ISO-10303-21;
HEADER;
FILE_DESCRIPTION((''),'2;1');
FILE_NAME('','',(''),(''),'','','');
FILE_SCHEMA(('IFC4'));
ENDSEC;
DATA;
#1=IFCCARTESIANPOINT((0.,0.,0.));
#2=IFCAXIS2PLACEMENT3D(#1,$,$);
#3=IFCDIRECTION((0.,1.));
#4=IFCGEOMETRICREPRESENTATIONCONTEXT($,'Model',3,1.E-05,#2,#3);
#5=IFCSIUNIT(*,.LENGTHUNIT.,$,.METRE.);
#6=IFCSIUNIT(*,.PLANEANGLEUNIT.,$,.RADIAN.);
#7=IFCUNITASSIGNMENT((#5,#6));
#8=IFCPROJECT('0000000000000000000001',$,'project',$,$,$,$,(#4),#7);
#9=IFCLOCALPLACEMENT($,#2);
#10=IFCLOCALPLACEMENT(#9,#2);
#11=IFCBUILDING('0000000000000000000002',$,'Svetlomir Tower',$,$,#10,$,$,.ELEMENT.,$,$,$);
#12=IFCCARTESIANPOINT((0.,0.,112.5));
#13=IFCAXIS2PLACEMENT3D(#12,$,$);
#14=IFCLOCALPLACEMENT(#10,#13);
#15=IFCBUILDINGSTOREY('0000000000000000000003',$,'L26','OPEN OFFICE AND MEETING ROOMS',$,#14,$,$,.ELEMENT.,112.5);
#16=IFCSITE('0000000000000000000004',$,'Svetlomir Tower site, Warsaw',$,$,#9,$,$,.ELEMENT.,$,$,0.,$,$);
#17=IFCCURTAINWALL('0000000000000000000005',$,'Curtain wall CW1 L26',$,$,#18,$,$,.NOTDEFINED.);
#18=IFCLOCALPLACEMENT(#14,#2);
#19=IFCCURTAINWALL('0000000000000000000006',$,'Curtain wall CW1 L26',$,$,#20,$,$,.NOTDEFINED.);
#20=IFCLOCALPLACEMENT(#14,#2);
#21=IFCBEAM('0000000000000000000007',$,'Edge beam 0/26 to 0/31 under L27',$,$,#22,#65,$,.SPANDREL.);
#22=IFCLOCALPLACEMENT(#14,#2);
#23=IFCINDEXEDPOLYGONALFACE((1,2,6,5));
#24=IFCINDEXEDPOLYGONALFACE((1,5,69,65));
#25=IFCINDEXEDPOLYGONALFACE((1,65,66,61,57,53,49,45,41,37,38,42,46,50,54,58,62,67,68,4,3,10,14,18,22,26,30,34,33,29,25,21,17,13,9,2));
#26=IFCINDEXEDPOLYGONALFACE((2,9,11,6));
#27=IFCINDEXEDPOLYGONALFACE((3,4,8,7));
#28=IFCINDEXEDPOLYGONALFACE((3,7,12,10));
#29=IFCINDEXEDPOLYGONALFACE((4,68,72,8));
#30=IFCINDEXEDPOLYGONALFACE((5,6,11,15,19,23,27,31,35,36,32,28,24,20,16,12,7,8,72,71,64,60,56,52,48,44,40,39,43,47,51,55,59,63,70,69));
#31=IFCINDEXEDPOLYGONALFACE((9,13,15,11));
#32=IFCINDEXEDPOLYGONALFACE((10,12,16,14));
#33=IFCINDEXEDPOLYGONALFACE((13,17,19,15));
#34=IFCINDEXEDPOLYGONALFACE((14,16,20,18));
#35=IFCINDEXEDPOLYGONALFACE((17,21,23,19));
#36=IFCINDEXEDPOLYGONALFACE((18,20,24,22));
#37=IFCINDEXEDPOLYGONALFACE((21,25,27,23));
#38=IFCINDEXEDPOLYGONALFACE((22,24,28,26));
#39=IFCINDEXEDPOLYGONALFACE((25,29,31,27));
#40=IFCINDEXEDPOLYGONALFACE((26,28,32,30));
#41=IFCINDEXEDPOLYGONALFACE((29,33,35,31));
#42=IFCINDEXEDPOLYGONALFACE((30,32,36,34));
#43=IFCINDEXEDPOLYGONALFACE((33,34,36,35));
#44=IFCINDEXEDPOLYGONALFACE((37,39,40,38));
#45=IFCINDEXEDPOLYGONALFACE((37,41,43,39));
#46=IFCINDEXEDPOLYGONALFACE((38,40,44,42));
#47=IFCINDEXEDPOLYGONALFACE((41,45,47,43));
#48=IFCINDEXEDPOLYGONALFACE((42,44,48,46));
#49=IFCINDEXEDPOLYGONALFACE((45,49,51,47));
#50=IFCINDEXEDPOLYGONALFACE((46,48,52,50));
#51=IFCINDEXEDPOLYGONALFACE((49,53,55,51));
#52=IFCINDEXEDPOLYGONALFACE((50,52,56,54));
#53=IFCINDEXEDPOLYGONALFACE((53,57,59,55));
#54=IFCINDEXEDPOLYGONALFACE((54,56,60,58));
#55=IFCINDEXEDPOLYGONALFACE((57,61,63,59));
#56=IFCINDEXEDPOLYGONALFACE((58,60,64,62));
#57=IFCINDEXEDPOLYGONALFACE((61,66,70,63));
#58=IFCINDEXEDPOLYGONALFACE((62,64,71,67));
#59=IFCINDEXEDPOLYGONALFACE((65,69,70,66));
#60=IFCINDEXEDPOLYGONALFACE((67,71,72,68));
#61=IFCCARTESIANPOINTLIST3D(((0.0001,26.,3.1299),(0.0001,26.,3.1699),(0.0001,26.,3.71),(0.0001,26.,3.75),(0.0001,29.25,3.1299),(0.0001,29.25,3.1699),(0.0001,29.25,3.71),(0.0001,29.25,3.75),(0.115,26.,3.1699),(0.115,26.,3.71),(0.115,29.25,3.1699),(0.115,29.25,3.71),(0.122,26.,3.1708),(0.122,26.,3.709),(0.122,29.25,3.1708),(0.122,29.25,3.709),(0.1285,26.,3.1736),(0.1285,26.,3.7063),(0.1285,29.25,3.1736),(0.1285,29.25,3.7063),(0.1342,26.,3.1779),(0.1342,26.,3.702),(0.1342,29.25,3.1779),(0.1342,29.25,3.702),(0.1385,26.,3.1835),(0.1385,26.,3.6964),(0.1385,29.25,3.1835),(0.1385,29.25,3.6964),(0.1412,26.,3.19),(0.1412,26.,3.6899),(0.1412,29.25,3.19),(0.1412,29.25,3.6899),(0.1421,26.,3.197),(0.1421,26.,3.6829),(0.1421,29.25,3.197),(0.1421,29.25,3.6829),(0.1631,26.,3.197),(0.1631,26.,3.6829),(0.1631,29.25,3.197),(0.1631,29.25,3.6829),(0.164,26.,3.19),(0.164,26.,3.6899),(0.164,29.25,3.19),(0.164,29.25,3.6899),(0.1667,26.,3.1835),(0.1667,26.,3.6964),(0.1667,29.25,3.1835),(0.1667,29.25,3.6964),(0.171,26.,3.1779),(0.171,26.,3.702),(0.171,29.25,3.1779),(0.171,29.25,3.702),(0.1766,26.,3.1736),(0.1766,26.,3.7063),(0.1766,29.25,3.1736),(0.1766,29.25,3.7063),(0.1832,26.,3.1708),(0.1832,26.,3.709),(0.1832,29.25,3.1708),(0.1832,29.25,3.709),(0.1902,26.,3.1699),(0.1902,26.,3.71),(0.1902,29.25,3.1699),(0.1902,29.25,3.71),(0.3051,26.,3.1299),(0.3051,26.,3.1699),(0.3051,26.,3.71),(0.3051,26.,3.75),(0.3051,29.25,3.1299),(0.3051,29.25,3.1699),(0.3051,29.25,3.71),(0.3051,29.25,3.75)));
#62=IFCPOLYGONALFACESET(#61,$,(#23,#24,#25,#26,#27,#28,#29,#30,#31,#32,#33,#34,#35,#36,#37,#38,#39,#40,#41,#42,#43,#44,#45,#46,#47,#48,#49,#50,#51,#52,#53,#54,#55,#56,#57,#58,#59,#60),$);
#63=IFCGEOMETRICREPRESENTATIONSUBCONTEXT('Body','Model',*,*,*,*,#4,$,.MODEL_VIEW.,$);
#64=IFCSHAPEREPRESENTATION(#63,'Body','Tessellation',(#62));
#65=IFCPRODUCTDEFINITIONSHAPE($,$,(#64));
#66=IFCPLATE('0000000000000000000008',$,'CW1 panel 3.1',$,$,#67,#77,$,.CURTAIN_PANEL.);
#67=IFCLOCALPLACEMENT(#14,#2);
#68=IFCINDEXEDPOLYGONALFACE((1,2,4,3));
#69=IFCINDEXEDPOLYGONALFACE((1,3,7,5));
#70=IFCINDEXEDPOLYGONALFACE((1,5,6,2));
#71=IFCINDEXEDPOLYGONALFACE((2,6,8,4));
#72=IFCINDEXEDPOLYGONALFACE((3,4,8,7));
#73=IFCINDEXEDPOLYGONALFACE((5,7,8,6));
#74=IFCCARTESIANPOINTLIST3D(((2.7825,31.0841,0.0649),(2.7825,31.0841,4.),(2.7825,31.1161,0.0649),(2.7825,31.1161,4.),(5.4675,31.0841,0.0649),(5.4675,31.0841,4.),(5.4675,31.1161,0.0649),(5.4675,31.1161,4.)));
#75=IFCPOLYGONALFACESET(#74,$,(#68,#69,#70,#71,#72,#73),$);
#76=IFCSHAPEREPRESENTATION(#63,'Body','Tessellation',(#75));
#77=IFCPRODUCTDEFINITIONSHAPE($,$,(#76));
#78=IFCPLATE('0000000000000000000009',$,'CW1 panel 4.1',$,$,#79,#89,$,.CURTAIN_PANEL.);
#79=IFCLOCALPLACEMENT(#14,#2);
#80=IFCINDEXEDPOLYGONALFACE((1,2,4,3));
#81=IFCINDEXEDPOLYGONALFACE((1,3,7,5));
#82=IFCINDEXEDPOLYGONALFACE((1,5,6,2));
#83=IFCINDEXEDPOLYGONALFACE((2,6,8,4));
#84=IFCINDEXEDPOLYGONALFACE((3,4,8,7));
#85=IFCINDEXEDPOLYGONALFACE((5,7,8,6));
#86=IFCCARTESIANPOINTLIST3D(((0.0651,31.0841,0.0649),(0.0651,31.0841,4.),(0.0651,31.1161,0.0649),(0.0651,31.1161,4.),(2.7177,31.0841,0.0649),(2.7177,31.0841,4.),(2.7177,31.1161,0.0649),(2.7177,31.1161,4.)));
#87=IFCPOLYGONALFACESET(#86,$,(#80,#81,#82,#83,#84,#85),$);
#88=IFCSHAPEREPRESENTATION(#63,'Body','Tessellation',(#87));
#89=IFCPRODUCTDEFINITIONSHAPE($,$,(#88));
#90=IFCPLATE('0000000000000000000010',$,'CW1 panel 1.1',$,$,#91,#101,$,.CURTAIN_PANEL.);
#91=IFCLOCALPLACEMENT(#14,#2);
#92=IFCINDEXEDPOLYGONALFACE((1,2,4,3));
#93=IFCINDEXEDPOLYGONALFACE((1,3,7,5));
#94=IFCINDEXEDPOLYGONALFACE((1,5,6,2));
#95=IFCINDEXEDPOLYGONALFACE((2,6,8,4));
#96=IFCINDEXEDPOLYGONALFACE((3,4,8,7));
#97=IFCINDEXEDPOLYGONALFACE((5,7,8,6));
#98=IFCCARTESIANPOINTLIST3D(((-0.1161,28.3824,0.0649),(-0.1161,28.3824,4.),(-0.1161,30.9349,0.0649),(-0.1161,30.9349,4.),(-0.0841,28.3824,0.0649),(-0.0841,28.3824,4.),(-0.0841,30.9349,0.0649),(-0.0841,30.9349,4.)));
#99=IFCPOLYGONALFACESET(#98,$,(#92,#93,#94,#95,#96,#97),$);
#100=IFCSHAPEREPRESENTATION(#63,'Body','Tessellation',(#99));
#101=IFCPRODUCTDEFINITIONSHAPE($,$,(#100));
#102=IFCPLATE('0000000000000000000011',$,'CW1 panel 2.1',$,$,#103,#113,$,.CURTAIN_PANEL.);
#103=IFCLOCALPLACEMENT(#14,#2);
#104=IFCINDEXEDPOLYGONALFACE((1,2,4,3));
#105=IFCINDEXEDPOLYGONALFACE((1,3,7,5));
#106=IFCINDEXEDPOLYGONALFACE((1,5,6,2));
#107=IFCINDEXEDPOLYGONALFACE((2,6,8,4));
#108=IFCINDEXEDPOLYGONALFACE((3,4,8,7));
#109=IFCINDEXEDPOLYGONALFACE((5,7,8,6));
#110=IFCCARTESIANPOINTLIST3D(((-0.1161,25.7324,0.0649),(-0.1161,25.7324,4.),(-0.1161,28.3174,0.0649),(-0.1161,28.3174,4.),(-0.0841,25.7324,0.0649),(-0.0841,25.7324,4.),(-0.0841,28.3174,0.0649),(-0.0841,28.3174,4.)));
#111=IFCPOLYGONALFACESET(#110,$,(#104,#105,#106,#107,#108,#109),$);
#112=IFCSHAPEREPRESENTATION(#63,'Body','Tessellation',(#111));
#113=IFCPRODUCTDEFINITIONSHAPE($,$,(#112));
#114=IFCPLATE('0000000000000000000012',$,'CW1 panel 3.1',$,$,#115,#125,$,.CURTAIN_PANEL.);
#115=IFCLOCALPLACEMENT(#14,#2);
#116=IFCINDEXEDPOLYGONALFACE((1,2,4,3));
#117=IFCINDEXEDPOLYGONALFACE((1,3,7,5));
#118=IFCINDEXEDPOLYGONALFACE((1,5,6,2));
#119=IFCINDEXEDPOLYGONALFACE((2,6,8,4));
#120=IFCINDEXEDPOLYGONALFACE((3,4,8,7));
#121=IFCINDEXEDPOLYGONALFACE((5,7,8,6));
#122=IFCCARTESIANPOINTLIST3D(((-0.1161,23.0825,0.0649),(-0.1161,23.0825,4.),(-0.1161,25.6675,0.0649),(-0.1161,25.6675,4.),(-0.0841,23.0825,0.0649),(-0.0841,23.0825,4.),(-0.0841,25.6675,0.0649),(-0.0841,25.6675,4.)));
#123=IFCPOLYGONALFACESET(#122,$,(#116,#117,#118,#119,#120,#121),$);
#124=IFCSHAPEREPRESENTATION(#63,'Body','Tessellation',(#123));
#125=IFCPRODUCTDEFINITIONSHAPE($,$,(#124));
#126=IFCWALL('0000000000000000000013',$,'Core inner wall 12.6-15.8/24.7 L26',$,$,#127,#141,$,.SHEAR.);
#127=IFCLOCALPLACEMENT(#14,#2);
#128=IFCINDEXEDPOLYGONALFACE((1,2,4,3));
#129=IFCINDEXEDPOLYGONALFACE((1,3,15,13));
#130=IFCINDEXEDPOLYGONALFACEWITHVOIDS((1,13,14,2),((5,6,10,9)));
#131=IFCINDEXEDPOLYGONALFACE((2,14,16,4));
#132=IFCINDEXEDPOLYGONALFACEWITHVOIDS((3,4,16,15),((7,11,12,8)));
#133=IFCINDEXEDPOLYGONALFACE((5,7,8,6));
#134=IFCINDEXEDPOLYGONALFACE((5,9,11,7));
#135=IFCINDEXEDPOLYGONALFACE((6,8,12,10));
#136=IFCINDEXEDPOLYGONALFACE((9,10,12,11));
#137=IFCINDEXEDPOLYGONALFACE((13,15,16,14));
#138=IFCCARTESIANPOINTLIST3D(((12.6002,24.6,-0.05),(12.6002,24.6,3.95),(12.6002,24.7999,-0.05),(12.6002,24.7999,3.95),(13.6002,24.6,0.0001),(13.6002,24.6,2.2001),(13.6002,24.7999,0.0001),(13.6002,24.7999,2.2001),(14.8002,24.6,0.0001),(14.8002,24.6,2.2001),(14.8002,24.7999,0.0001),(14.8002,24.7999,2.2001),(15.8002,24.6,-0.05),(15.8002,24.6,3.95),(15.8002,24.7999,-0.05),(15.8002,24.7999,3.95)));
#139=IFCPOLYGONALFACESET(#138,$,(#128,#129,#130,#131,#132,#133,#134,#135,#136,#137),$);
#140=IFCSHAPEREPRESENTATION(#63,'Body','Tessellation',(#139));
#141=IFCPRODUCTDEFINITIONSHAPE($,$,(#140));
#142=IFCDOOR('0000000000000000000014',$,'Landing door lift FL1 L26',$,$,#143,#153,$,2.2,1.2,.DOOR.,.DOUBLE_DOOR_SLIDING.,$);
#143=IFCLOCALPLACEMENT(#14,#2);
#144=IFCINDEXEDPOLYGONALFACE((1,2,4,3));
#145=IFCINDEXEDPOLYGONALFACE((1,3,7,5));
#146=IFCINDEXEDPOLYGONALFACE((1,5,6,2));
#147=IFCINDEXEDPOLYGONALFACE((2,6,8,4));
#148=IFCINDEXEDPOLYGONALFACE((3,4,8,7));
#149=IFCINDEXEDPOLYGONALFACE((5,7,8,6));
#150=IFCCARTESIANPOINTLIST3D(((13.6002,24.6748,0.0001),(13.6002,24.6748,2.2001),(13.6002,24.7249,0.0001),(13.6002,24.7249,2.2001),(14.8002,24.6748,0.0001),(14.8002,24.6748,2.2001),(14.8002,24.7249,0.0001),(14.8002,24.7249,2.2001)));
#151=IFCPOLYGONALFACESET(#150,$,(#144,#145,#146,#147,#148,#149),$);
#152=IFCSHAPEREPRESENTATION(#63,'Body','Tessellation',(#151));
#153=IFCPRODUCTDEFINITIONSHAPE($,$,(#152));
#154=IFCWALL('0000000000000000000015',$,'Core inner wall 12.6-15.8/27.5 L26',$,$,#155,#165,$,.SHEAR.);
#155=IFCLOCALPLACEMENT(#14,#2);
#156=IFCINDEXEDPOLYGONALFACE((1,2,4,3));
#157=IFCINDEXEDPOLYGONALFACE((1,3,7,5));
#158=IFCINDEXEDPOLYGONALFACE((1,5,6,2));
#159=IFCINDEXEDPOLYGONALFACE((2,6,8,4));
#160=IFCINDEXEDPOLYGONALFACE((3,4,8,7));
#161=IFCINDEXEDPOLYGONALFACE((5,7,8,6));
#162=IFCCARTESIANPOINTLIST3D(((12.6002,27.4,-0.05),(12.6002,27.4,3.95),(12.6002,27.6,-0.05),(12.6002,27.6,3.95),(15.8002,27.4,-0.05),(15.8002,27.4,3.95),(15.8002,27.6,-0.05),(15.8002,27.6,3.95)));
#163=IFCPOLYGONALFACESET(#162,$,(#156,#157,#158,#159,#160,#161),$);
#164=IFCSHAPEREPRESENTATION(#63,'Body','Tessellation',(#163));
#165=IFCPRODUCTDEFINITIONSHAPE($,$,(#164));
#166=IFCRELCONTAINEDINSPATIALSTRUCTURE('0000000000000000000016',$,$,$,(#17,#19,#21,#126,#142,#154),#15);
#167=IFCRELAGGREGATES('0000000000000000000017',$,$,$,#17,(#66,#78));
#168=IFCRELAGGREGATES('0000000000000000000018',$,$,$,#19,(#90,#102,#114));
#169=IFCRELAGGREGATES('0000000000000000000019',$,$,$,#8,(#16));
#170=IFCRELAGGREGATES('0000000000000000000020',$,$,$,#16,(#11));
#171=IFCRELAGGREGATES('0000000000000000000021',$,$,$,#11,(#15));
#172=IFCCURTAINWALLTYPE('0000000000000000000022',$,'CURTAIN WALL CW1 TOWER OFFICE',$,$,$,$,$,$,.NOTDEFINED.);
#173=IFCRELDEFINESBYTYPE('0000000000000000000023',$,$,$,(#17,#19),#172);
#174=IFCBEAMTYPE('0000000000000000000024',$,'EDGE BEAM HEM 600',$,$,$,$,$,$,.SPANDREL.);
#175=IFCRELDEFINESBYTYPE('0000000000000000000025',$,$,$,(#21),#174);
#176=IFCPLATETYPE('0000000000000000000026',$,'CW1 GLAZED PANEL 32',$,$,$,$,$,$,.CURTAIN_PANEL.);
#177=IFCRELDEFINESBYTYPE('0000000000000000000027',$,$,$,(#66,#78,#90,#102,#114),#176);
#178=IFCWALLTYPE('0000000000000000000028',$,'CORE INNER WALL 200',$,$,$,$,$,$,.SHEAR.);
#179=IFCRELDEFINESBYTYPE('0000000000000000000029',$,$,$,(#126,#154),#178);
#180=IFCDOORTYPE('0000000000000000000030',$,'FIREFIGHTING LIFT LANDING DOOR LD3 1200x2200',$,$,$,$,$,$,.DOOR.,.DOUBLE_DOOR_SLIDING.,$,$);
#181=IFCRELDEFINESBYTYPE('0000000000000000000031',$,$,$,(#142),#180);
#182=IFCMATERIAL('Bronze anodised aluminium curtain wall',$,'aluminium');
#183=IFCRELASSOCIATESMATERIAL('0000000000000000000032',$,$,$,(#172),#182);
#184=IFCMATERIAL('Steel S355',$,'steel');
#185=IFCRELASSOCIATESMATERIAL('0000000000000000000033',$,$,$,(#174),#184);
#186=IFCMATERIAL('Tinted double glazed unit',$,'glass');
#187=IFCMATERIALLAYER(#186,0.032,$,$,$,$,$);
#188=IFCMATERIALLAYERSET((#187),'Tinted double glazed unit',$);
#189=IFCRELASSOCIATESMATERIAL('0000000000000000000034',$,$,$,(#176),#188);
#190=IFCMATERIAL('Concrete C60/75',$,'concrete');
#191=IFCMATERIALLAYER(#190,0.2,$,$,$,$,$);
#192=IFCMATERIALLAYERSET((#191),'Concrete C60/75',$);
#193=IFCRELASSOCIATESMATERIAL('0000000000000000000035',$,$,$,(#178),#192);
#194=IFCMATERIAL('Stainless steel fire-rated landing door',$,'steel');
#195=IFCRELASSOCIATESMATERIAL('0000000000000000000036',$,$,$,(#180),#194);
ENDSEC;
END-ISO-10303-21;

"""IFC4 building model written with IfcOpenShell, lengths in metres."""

from ifc_helpers import new_model, si_unit, direction, frame, frame_2d, origin, origin_2d, place, context, subcontext, project, spatial, rectangle, i_section, extrude, material, layer, layer_set, material_profile, profile_set, type_object, element, fill, aggregate, save


model = new_model("IFC4")

# Units and contexts
model_context = context("Model", 3, precision=1e-05, world=origin(), true_north=direction((0.0, 1.0)))
body_context = subcontext(model_context, "Body", "Model", "MODEL_VIEW")
ifc_project = project(units=[si_unit("LENGTHUNIT", "METRE"), si_unit("PLANEANGLEUNIT", "RADIAN")], contexts=[model_context])

# Site, building, storey
site_placement = place(None, origin())
site = spatial("IfcSite", under=ifc_project, at=site_placement, Name="Svetlomir Tower site, Warsaw", CompositionType="ELEMENT", RefElevation=0.0)
building_placement = place(site_placement, origin())
building = spatial("IfcBuilding", under=site, at=building_placement, Name="Svetlomir Tower", CompositionType="ELEMENT")
storey_placement = place(building_placement, frame((0.0, 0.0, 112.5)))
storey = spatial("IfcBuildingStorey", under=building, at=storey_placement, Name="L26", Description="OPEN OFFICE AND MEETING ROOMS", CompositionType="ELEMENT", Elevation=112.5)

# Shared definitions
ifc_material_1 = material(Name="Bronze anodised aluminium curtain wall", Category="aluminium")
curtain_wall_type = type_object("IfcCurtainWallType", Name="CURTAIN WALL CW1 TOWER OFFICE", PredefinedType="NOTDEFINED", material=ifc_material_1)

# Curtain walls
curtain_wall_1_placement = place(storey_placement, origin())
curtain_wall_1 = element("IfcCurtainWall", 1, at=curtain_wall_1_placement, inside=storey, type_object=curtain_wall_type, Name="Curtain wall CW1 L26", PredefinedType="NOTDEFINED")
curtain_wall_2_placement = place(storey_placement, origin())
curtain_wall_2 = element("IfcCurtainWall", 2, at=curtain_wall_2_placement, inside=storey, type_object=curtain_wall_type, Name="Curtain wall CW1 L26", PredefinedType="NOTDEFINED")

# Beam
ifc_material_2 = material(Name="Steel S355", Category="steel")
ifc_material_profile_1 = material_profile(ifc_material_2, i_section(OverallWidth=0.3049, OverallDepth=0.6201, WebThickness=0.021, FlangeThickness=0.04, FilletRadius=0.0271, at=origin_2d()), Name="HEM 600")
ifc_profile_set_1 = profile_set([ifc_material_profile_1], Name="Steel S355")
beam_type = type_object("IfcBeamType", Name="EDGE BEAM HEM 600", PredefinedType="SPANDREL", material=ifc_profile_set_1)
beam_placement = place(storey_placement, frame((0.1526, 26.0, 3.4399), z_axis=(0.0, 1.0, 0.0), x_axis=(-1.0, 0.0, 0.0)))
element("IfcBeam", 3, at=beam_placement, inside=storey, type_object=beam_type, Name="Edge beam 0/26 to 0/31 under L27", PredefinedType="SPANDREL", context=body_context, shape_type="SweptSolid", body=[
    extrude(i_section(OverallWidth=0.3049, OverallDepth=0.6201, WebThickness=0.021, FlangeThickness=0.04, FilletRadius=0.0271, at=origin_2d()), origin(), (0.0, 0.0, 1.0), 3.25),
])

# Plates
ifc_material_3 = material(Name="Tinted double glazed unit", Category="glass")
ifc_layer_1 = layer(ifc_material_3, 0.032)
ifc_layer_set_1 = layer_set([ifc_layer_1], Name="Tinted double glazed unit")
plate_type = type_object("IfcPlateType", Name="CW1 GLAZED PANEL 32", PredefinedType="CURTAIN_PANEL", material=ifc_layer_set_1)
plate_1_placement = place(storey_placement, frame((4.125, 31.1001, 0.0649), z_axis=(0.0, 0.0, 1.0), x_axis=(-1.0, 0.0, 0.0)))
plate_1 = element("IfcPlate", 4, at=plate_1_placement, type_object=plate_type, Name="CW1 panel 3.1", PredefinedType="CURTAIN_PANEL", context=body_context, shape_type="SweptSolid", body=[
    extrude(rectangle(XDim=2.6851, YDim=0.032, at=origin_2d()), origin(), (0.0, 0.0, 1.0), 3.9351),
])
plate_2_placement = place(storey_placement, frame((1.3914, 31.1001, 0.0649), z_axis=(0.0, 0.0, 1.0), x_axis=(-1.0, 0.0, 0.0)))
plate_2 = element("IfcPlate", 5, at=plate_2_placement, type_object=plate_type, Name="CW1 panel 4.1", PredefinedType="CURTAIN_PANEL", context=body_context, shape_type="SweptSolid", body=[
    extrude(rectangle(XDim=2.6526, YDim=0.032, at=origin_2d()), origin(), (0.0, 0.0, 1.0), 3.9351),
])
aggregate(curtain_wall_1, [plate_1, plate_2])
plate_3_placement = place(storey_placement, frame((-0.1001, 29.6587, 0.0649), z_axis=(0.0, 0.0, 1.0), x_axis=(0.0, -1.0, 0.0)))
plate_3 = element("IfcPlate", 6, at=plate_3_placement, type_object=plate_type, Name="CW1 panel 1.1", PredefinedType="CURTAIN_PANEL", context=body_context, shape_type="SweptSolid", body=[
    extrude(rectangle(XDim=2.5525, YDim=0.032, at=origin_2d()), origin(), (0.0, 0.0, 1.0), 3.9351),
])
plate_4_placement = place(storey_placement, frame((-0.1001, 27.0249, 0.0649), z_axis=(0.0, 0.0, 1.0), x_axis=(0.0, -1.0, 0.0)))
plate_4 = element("IfcPlate", 7, at=plate_4_placement, type_object=plate_type, Name="CW1 panel 2.1", PredefinedType="CURTAIN_PANEL", context=body_context, shape_type="SweptSolid", body=[
    extrude(rectangle(XDim=2.585, YDim=0.032, at=origin_2d()), origin(), (0.0, 0.0, 1.0), 3.9351),
])
plate_5_placement = place(storey_placement, frame((-0.1001, 24.375, 0.0649), z_axis=(0.0, 0.0, 1.0), x_axis=(0.0, -1.0, 0.0)))
plate_5 = element("IfcPlate", 8, at=plate_5_placement, type_object=plate_type, Name="CW1 panel 3.1", PredefinedType="CURTAIN_PANEL", context=body_context, shape_type="SweptSolid", body=[
    extrude(rectangle(XDim=2.585, YDim=0.032, at=origin_2d()), origin(), (0.0, 0.0, 1.0), 3.9351),
])
aggregate(curtain_wall_2, [plate_3, plate_4, plate_5])

# Wall, opening, door
ifc_material_4 = material(Name="Concrete C60/75", Category="concrete")
ifc_layer_2 = layer(ifc_material_4, 0.2)
ifc_layer_set_2 = layer_set([ifc_layer_2], Name="Concrete C60/75")
wall_type_1 = type_object("IfcWallType", Name="CORE INNER WALL 200", PredefinedType="SHEAR", material=ifc_layer_set_2)
wall_1_placement = place(storey_placement, frame((12.6001, 24.7, -0.05), z_axis=(0.0, 0.0, 1.0), x_axis=(1.0, 0.0, 0.0)))
wall_1 = element("IfcWall", 9, at=wall_1_placement, inside=storey, type_object=wall_type_1, Name="Core inner wall 12.6-15.8/24.7 L26", PredefinedType="SHEAR", context=body_context, shape_type="SweptSolid", body=[
    extrude(rectangle(XDim=3.2, YDim=0.2, at=frame_2d((1.6001, 0.0))), origin(), (0.0, 0.0, 1.0), 4.0),
])
opening_1_placement = place(wall_1_placement, frame((1.0, 0.0, 0.05)))
opening_1 = element("IfcOpeningElement", 10, at=opening_1_placement, cuts=wall_1, PredefinedType="OPENING", context=body_context, shape_type="SweptSolid", body=[
    extrude(rectangle(XDim=1.2, YDim=2.2, at=frame_2d((0.6001, 1.1001))), frame((0.0, 0.1099, 0.0), z_axis=(0.0, -1.0, 0.0), x_axis=(1.0, 0.0, 0.0)), (0.0, 0.0, 1.0), 0.22),
])
ifc_material_5 = material(Name="Stainless steel fire-rated landing door", Category="steel")
door_type_1 = type_object("IfcDoorType", Name="FIREFIGHTING LIFT LANDING DOOR LD3 1200x2200", OperationType="DOUBLE_DOOR_SLIDING", PredefinedType="DOOR", material=ifc_material_5)
door_1_placement = place(opening_1_placement, origin())
door_1 = element("IfcDoor", 11, at=door_1_placement, inside=storey, type_object=door_type_1, Name="Landing door lift FL1 L26", OperationType="DOUBLE_DOOR_SLIDING", OverallHeight=2.2, OverallWidth=1.2, PredefinedType="DOOR", context=body_context, shape_type="SweptSolid", body=[
    extrude(rectangle(XDim=1.2, YDim=2.2, at=frame_2d((0.6001, 1.1001))), frame((0.0, 0.0249, 0.0), z_axis=(0.0, -1.0, 0.0), x_axis=(1.0, 0.0, 0.0)), (0.0, 0.0, 1.0), 0.05),
])
fill(opening_1, door_1)

# Wall
wall_2_placement = place(storey_placement, frame((12.6001, 27.5, -0.05), z_axis=(0.0, 0.0, 1.0), x_axis=(1.0, 0.0, 0.0)))
element("IfcWall", 12, at=wall_2_placement, inside=storey, type_object=wall_type_1, Name="Core inner wall 12.6-15.8/27.5 L26", PredefinedType="SHEAR", context=body_context, shape_type="SweptSolid", body=[
    extrude(rectangle(XDim=3.2, YDim=0.2, at=frame_2d((1.6001, 0.0))), origin(), (0.0, 0.0, 1.0), 4.0),
])

save(model, "model.ifc")
